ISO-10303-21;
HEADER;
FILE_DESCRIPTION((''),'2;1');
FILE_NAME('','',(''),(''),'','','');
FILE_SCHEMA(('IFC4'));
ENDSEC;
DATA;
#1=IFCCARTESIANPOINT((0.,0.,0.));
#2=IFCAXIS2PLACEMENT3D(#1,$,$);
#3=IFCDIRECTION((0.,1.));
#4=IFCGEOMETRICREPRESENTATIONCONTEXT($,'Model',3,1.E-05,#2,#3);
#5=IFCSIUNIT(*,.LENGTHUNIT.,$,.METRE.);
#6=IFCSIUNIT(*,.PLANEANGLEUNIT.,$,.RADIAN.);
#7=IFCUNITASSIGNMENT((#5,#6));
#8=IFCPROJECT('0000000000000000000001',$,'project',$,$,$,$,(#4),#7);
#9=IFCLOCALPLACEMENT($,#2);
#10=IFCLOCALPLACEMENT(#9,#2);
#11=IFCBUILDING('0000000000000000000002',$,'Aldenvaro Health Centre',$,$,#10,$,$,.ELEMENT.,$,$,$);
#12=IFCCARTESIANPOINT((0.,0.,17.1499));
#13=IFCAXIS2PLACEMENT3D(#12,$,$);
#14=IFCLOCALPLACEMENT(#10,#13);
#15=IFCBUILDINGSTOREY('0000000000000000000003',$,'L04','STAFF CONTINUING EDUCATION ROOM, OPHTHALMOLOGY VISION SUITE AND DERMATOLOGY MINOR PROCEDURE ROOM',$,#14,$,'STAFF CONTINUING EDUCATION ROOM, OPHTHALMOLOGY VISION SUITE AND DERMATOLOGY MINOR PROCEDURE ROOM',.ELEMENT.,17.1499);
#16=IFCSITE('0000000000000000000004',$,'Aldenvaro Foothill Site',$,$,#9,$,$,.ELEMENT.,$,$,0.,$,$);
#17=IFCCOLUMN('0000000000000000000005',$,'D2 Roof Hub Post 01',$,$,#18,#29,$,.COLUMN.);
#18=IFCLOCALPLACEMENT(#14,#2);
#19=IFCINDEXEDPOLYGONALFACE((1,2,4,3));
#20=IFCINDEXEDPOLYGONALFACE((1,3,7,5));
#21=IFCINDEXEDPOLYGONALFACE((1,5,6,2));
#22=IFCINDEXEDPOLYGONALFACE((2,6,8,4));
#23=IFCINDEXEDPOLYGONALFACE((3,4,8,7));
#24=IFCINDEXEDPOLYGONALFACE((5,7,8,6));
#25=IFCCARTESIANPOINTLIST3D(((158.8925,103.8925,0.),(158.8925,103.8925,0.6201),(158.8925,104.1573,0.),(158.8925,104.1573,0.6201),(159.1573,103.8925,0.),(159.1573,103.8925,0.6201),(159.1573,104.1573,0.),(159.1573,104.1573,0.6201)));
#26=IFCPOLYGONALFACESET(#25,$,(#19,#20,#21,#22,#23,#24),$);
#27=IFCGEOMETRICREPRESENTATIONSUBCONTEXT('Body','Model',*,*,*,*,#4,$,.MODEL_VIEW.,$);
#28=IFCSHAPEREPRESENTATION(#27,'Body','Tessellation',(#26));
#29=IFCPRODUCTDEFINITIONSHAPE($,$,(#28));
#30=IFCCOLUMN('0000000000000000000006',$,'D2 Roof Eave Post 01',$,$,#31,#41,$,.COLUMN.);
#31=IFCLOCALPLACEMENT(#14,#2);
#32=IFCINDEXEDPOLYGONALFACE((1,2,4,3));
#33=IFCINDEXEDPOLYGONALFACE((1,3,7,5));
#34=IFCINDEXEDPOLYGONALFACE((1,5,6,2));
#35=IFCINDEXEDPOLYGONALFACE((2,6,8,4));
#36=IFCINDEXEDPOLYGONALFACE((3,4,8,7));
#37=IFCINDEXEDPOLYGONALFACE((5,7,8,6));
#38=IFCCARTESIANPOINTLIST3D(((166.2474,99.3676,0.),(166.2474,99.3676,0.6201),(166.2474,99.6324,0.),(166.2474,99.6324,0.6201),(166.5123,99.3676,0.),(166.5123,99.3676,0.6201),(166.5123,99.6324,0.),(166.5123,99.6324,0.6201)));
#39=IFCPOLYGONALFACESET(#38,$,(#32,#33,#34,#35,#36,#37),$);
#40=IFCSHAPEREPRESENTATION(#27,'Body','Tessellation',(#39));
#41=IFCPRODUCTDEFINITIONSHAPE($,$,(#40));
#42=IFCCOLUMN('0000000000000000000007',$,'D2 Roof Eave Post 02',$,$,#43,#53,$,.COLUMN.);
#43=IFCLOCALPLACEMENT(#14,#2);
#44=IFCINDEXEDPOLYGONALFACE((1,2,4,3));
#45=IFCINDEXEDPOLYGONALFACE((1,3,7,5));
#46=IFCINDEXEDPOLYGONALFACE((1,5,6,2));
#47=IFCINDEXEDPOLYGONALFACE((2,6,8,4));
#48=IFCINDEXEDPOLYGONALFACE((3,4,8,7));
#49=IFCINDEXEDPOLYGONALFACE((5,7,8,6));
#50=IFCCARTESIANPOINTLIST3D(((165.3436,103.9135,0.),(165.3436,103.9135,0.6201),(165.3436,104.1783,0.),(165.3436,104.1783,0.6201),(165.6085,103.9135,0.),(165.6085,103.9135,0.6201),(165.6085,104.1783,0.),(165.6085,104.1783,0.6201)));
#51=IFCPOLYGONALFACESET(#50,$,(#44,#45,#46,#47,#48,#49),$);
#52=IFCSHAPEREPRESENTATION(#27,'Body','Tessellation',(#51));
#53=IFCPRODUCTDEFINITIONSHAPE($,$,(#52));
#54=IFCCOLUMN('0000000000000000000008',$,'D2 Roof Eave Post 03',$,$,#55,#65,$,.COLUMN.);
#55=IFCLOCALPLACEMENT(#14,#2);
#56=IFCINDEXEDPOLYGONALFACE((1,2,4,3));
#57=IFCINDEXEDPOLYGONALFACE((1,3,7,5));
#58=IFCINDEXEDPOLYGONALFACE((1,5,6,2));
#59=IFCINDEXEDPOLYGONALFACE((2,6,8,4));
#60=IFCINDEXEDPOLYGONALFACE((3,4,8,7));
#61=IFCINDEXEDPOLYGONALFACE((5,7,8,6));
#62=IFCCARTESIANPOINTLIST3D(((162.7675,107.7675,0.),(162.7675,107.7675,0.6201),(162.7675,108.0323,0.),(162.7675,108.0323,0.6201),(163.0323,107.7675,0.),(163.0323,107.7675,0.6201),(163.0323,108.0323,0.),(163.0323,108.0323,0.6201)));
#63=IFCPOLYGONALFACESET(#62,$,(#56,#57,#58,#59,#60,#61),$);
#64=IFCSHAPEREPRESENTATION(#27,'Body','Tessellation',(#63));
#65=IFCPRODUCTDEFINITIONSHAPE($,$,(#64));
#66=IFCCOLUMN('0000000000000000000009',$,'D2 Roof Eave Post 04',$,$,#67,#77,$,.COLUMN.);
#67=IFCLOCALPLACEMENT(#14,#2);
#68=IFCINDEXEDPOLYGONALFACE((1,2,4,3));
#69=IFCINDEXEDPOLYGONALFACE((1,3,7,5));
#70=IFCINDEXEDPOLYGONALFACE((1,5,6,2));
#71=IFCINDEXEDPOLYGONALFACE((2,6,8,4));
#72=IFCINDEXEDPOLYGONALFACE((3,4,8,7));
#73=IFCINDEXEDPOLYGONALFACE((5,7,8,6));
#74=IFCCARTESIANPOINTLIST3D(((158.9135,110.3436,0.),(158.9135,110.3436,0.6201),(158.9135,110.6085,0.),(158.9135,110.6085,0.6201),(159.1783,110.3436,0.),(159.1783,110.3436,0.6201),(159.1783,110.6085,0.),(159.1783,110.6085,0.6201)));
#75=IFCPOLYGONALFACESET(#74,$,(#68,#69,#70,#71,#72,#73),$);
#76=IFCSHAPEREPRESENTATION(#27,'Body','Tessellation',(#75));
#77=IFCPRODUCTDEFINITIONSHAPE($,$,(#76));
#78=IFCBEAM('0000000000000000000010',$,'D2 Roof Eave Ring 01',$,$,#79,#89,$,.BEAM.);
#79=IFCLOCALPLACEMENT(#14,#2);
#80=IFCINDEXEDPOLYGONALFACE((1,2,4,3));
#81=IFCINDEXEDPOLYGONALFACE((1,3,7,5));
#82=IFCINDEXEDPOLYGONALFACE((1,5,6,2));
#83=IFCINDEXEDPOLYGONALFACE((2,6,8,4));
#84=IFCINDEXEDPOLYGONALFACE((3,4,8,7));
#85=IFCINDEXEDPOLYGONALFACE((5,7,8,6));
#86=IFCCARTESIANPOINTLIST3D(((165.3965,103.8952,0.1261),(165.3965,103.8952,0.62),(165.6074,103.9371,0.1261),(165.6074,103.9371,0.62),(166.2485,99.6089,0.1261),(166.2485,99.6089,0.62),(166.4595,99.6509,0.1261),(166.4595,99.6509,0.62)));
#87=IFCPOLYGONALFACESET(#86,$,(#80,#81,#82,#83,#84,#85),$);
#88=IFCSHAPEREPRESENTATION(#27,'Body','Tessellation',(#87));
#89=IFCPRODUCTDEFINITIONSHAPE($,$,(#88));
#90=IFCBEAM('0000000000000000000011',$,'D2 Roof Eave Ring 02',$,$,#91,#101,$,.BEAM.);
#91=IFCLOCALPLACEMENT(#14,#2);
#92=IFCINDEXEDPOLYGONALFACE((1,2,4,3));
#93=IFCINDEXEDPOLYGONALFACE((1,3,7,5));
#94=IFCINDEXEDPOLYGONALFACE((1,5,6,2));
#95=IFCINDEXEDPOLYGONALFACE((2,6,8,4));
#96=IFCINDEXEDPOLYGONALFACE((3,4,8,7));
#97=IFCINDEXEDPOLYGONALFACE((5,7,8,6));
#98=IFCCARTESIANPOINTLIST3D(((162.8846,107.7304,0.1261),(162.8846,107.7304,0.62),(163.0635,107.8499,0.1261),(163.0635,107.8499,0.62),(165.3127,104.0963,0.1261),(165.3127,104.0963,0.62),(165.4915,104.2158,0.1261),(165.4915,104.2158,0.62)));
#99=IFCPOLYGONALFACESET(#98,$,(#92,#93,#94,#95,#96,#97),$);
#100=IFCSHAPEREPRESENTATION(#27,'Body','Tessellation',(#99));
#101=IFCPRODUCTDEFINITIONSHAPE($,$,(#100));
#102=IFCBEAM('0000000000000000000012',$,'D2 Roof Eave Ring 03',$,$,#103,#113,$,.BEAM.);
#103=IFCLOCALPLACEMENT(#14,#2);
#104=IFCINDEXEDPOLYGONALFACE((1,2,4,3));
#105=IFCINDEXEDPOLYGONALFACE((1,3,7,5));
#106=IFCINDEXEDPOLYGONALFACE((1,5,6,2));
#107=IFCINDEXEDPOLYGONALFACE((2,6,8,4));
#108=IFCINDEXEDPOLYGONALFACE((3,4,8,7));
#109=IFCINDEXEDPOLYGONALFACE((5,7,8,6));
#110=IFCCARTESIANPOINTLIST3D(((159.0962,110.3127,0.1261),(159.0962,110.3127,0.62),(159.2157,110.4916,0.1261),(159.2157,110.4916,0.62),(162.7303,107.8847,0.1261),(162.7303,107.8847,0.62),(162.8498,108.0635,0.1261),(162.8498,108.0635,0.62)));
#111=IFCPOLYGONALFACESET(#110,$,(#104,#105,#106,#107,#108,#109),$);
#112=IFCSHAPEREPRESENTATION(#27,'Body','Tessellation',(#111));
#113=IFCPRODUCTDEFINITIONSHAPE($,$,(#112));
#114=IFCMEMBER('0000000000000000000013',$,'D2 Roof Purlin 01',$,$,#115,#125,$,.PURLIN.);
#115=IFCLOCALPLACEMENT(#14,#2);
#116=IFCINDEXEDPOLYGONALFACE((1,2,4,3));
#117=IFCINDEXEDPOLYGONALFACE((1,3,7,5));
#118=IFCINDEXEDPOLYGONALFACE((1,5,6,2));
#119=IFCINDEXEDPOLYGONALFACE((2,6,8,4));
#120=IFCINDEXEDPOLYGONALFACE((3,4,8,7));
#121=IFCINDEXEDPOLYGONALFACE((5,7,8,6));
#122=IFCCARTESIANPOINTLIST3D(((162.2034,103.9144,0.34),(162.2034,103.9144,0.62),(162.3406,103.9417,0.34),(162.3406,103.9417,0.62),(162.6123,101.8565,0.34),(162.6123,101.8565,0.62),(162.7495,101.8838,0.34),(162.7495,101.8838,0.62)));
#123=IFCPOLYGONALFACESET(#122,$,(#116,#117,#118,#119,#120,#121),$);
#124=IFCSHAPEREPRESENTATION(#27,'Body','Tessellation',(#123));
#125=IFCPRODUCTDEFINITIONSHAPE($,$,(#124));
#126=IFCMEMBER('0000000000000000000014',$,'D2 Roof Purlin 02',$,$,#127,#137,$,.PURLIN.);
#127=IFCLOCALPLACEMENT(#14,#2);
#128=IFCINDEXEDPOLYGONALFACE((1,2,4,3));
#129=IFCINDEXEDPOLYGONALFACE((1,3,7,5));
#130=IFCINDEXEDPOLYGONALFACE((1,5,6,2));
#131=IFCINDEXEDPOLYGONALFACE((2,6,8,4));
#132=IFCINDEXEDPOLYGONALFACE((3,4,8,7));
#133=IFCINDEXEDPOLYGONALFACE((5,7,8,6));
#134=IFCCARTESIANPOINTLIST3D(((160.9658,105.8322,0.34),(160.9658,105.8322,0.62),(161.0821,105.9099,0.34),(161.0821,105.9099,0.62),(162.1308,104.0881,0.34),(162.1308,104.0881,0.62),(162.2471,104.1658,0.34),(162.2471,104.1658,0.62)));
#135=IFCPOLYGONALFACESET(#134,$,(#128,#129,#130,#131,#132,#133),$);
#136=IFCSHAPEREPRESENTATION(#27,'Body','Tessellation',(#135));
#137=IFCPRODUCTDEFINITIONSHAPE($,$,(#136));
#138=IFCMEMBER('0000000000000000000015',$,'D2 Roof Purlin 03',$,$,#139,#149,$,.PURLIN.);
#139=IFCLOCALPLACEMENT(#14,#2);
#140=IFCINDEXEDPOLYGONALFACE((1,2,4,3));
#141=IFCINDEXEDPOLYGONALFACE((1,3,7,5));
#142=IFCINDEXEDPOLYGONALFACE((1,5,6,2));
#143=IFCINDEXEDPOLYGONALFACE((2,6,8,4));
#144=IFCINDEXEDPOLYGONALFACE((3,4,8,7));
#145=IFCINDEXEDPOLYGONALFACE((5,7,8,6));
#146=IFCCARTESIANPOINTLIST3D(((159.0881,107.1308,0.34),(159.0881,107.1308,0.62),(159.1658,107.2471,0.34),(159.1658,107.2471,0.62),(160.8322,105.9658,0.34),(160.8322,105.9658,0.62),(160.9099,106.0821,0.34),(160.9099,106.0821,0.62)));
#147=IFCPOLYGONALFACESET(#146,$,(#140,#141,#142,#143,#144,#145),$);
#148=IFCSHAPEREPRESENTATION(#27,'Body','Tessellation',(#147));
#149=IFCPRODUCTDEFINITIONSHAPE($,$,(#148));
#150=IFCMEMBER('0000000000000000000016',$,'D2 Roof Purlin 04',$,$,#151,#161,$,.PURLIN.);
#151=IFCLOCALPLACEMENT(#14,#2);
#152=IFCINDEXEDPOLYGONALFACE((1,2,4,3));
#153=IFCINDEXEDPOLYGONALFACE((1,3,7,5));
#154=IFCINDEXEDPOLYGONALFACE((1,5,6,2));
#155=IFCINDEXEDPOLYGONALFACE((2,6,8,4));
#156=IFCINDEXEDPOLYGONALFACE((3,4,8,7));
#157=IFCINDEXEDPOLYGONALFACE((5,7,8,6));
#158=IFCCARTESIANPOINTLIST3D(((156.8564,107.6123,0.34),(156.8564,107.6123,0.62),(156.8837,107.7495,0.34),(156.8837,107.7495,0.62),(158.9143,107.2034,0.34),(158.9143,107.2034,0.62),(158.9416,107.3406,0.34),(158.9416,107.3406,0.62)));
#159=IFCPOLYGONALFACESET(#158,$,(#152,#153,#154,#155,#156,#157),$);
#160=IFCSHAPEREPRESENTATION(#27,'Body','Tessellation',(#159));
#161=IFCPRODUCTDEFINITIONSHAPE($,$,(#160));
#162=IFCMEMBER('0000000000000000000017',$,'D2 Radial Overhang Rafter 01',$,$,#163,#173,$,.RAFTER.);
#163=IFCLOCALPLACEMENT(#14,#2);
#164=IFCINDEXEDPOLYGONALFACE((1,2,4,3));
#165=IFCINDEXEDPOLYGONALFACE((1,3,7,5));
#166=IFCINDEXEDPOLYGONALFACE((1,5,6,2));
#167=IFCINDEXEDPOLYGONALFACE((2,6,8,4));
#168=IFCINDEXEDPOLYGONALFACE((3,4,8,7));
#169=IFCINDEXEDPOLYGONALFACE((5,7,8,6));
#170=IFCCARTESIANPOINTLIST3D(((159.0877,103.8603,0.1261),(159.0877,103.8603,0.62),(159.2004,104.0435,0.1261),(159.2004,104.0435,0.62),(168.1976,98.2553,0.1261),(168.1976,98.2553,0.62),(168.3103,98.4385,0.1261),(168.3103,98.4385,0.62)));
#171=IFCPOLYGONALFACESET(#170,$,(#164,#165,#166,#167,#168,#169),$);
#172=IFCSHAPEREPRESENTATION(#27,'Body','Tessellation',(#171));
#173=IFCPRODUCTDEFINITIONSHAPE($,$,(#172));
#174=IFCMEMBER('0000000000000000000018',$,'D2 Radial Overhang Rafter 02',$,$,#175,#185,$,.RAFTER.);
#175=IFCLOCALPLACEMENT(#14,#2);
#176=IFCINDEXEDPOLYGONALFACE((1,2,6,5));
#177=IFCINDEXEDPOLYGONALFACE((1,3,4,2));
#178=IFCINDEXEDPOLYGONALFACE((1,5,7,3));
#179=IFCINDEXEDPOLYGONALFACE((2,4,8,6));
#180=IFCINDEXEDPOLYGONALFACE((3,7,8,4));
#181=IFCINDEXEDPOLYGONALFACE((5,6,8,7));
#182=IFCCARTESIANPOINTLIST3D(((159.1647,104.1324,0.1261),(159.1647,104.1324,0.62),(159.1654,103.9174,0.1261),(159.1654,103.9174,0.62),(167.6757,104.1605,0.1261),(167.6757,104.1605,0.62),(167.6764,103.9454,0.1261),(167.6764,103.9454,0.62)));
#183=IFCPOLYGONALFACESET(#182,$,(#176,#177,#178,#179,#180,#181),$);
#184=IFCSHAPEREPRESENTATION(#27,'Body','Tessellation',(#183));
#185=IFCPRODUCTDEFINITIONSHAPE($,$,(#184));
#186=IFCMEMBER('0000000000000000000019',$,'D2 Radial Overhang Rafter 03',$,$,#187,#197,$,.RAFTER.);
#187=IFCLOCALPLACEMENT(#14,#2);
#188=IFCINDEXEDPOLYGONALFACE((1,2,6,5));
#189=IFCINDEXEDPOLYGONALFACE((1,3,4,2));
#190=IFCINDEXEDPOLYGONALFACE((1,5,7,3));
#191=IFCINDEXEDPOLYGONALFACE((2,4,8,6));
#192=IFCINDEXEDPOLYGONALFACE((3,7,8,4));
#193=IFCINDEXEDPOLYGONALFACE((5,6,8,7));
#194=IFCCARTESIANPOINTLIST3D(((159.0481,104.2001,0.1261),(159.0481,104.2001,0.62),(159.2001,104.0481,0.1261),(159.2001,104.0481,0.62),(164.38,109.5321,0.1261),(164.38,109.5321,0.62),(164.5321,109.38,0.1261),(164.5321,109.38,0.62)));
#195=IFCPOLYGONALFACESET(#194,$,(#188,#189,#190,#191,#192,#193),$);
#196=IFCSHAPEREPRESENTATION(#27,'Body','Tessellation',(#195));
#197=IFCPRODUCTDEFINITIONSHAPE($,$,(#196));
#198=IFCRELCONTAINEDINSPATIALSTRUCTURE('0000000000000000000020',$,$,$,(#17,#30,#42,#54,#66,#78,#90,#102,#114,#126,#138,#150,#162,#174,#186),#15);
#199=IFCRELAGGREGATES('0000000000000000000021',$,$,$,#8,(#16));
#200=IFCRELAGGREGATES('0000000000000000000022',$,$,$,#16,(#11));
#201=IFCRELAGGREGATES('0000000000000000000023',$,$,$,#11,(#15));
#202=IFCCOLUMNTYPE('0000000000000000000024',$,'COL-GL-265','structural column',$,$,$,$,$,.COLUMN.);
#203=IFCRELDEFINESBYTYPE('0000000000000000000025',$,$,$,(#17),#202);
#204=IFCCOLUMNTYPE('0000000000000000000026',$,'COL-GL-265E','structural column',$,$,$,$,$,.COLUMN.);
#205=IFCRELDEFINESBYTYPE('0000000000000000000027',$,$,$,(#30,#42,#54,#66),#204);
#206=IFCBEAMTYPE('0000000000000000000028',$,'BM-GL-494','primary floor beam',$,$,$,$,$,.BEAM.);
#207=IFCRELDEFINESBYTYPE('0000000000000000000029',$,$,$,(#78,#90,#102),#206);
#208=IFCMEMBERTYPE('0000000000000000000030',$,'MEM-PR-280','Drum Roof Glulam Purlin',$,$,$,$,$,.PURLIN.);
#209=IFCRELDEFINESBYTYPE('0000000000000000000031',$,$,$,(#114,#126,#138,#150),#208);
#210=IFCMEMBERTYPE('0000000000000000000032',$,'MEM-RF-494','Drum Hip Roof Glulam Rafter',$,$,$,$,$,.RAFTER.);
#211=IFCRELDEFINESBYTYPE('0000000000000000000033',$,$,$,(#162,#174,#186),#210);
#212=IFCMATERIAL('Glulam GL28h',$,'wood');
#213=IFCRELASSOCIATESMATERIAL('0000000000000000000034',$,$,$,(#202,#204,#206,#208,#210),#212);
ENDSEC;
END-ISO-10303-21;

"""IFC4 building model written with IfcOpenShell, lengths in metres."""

from ifc_helpers import new_model, si_unit, direction, frame, origin, origin_2d, place, context, subcontext, project, spatial, rectangle, extrude, material, material_profile, profile_set, type_object, element, save


model = new_model("IFC4")

# Units and contexts
model_context = context("Model", 3, precision=1e-05, world=origin(), true_north=direction((0.0, 1.0)))
body_context = subcontext(model_context, "Body", "Model", "MODEL_VIEW")
ifc_project = project(units=[si_unit("LENGTHUNIT", "METRE"), si_unit("PLANEANGLEUNIT", "RADIAN")], contexts=[model_context])

# Site, building, storey
site_placement = place(None, origin())
site = spatial("IfcSite", under=ifc_project, at=site_placement, Name="Aldenvaro Foothill Site", CompositionType="ELEMENT", RefElevation=0.0)
building_placement = place(site_placement, origin())
building = spatial("IfcBuilding", under=site, at=building_placement, Name="Aldenvaro Health Centre", CompositionType="ELEMENT")
storey_placement = place(building_placement, frame((0.0, 0.0, 17.1499)))
storey = spatial("IfcBuildingStorey", under=building, at=storey_placement, Name="L04", Description="STAFF CONTINUING EDUCATION ROOM, OPHTHALMOLOGY VISION SUITE AND DERMATOLOGY MINOR PROCEDURE ROOM", LongName="STAFF CONTINUING EDUCATION ROOM, OPHTHALMOLOGY VISION SUITE AND DERMATOLOGY MINOR PROCEDURE ROOM", CompositionType="ELEMENT", Elevation=17.1499)

# Columns
ifc_material_1 = material(Name="Glulam GL28h", Category="wood")
ifc_material_profile_1 = material_profile(ifc_material_1, rectangle(XDim=0.2649, YDim=0.2649, at=origin_2d()), Name="GL 265x265", Category="wood")
ifc_profile_set_1 = profile_set([ifc_material_profile_1], Name="Glulam GL28h")
column_type_1 = type_object("IfcColumnType", Name="COL-GL-265", Description="structural column", PredefinedType="COLUMN", material=ifc_profile_set_1)
column_placement = place(storey_placement, frame((159.0249, 104.0249, 0.0), z_axis=(0.0, 0.0, 1.0), x_axis=(1.0, 0.0, 0.0)))
element("IfcColumn", 1, at=column_placement, inside=storey, type_object=column_type_1, Name="D2 Roof Hub Post 01", PredefinedType="COLUMN", context=body_context, shape_type="SweptSolid", body=[
    extrude(rectangle(XDim=0.2649, YDim=0.2649, at=origin_2d()), origin(), (0.0, 0.0, 1.0), 0.6201),
])
ifc_material_profile_2 = material_profile(ifc_material_1, rectangle(XDim=0.2649, YDim=0.2649, at=origin_2d()), Name="GL 265x265", Category="wood")
ifc_profile_set_2 = profile_set([ifc_material_profile_2], Name="Glulam GL28h")
column_type_2 = type_object("IfcColumnType", Name="COL-GL-265E", Description="structural column", PredefinedType="COLUMN", material=ifc_profile_set_2)
for number, where, z_axis, x_axis, name in (
    (2, (166.3799, 99.5, 0.0), (0.0, 0.0, 1.0), (1.0, 0.0, 0.0), "D2 Roof Eave Post 01"),
    (3, (165.4761, 104.0459, 0.0), (0.0, 0.0, 1.0), (1.0, 0.0, 0.0), "D2 Roof Eave Post 02"),
    (4, (162.8999, 107.8999, 0.0), (0.0, 0.0, 1.0), (1.0, 0.0, 0.0), "D2 Roof Eave Post 03"),
    (5, (159.0459, 110.4761, 0.0), (0.0, 0.0, 1.0), (1.0, 0.0, 0.0), "D2 Roof Eave Post 04"),
):
    element("IfcColumn", number, at=place(storey_placement, frame(where, z_axis=z_axis, x_axis=x_axis)), inside=storey, type_object=column_type_2, Name=name, PredefinedType="COLUMN", context=body_context, shape_type="SweptSolid", body=[
        extrude(rectangle(XDim=0.2649, YDim=0.2649, at=origin_2d()), origin(), (0.0, 0.0, 1.0), 0.6201),
    ])

# Beams
ifc_material_profile_3 = material_profile(ifc_material_1, rectangle(XDim=0.2151, YDim=0.4939, at=origin_2d()), Name="GL 215x494", Category="wood")
ifc_profile_set_3 = profile_set([ifc_material_profile_3], Name="Glulam GL28h")
beam_type = type_object("IfcBeamType", Name="BM-GL-494", Description="primary floor beam", PredefinedType="BEAM", material=ifc_profile_set_3)
beam_placement = place(storey_placement, frame((166.354, 99.6299, 0.373), z_axis=(-0.194977, 0.980808, 0.0), x_axis=(-0.980808, -0.194977, 0.0)))
element("IfcBeam", 6, at=beam_placement, inside=storey, type_object=beam_type, Name="D2 Roof Eave Ring 01", PredefinedType="BEAM", context=body_context, shape_type="SweptSolid", body=[
    extrude(rectangle(XDim=0.2151, YDim=0.4939, at=origin_2d()), origin(), (0.0, 0.0, 1.0), 4.3701),
])
for number, where, z_axis, x_axis, name in (
    (7, (165.4021, 104.156, 0.373), (-0.555538, 0.831491, 0.0), (-0.831491, -0.555538, 0.0), "D2 Roof Eave Ring 02"),
    (8, (162.79, 107.9741, 0.373), (-0.831491, 0.555538, 0.0), (-0.555538, -0.831491, 0.0), "D2 Roof Eave Ring 03"),
):
    element("IfcBeam", number, at=place(storey_placement, frame(where, z_axis=z_axis, x_axis=x_axis)), inside=storey, type_object=beam_type, Name=name, PredefinedType="BEAM", context=body_context, shape_type="SweptSolid", body=[
        extrude(rectangle(XDim=0.2151, YDim=0.4939, at=origin_2d()), origin(), (0.0, 0.0, 1.0), 4.3706),
    ])

# Members
ifc_material_profile_4 = material_profile(ifc_material_1, rectangle(XDim=0.1399, YDim=0.28, at=origin_2d()), Name="GL 140x280", Category="wood")
ifc_profile_set_4 = profile_set([ifc_material_profile_4], Name="Glulam GL28h")
member_type_1 = type_object("IfcMemberType", Name="MEM-PR-280", Description="Drum Roof Glulam Purlin", PredefinedType="PURLIN", material=ifc_profile_set_4)
member_1_placement = place(storey_placement, frame((162.6809, 101.8701, 0.48), z_axis=(-0.194908, 0.980822, 0.0), x_axis=(-0.980822, -0.194908, 0.0)))
element("IfcMember", 9, at=member_1_placement, inside=storey, type_object=member_type_1, Name="D2 Roof Purlin 01", PredefinedType="PURLIN", context=body_context, shape_type="SweptSolid", body=[
    extrude(rectangle(XDim=0.1399, YDim=0.28, at=origin_2d()), origin(), (0.0, 0.0, 1.0), 2.0981),
])
for number, where, z_axis, x_axis, name in (
    (10, (162.189, 104.127, 0.48), (-0.555452, 0.831549, 0.0), (-0.831549, -0.555452, 0.0), "D2 Roof Purlin 02"),
    (11, (160.8711, 106.0239, 0.48), (-0.831549, 0.555452, 0.0), (-0.555452, -0.831549, 0.0), "D2 Roof Purlin 03"),
):
    element("IfcMember", number, at=place(storey_placement, frame(where, z_axis=z_axis, x_axis=x_axis)), inside=storey, type_object=member_type_1, Name=name, PredefinedType="PURLIN", context=body_context, shape_type="SweptSolid", body=[
        extrude(rectangle(XDim=0.1399, YDim=0.28, at=origin_2d()), origin(), (0.0, 0.0, 1.0), 2.0974),
    ])
member_2_placement = place(storey_placement, frame((158.928, 107.272, 0.48), z_axis=(-0.980822, 0.194908, 0.0), x_axis=(-0.194908, -0.980822, 0.0)))
element("IfcMember", 12, at=member_2_placement, inside=storey, type_object=member_type_1, Name="D2 Roof Purlin 04", PredefinedType="PURLIN", context=body_context, shape_type="SweptSolid", body=[
    extrude(rectangle(XDim=0.1399, YDim=0.28, at=origin_2d()), origin(), (0.0, 0.0, 1.0), 2.0981),
])
ifc_material_profile_5 = material_profile(ifc_material_1, rectangle(XDim=0.2151, YDim=0.4939, at=origin_2d()), Name="GL 215x494", Category="wood")
ifc_profile_set_5 = profile_set([ifc_material_profile_5], Name="Glulam GL28h")
member_type_2 = type_object("IfcMemberType", Name="MEM-RF-494", Description="Drum Hip Roof Glulam Rafter", PredefinedType="RAFTER", material=ifc_profile_set_5)
member_3_placement = place(storey_placement, frame((168.2539, 98.3469, 0.373), z_axis=(-0.851704, 0.524024, 0.0), x_axis=(-0.524024, -0.851704, 0.0)))
element("IfcMember", 13, at=member_3_placement, inside=storey, type_object=member_type_2, Name="D2 Radial Overhang Rafter 01", PredefinedType="RAFTER", context=body_context, shape_type="SweptSolid", body=[
    extrude(rectangle(XDim=0.2151, YDim=0.4939, at=origin_2d()), origin(), (0.0, 0.0, 1.0), 10.696),
])
member_4_placement = place(storey_placement, frame((167.676, 104.053, 0.373), z_axis=(-0.999995, -0.003299, 0.0), x_axis=(0.003299, -0.999995, 0.0)))
element("IfcMember", 14, at=member_4_placement, inside=storey, type_object=member_type_2, Name="D2 Radial Overhang Rafter 02", PredefinedType="RAFTER", context=body_context, shape_type="SweptSolid", body=[
    extrude(rectangle(XDim=0.2151, YDim=0.4939, at=origin_2d()), origin(), (0.0, 0.0, 1.0), 8.511),
])
member_5_placement = place(storey_placement, frame((164.4561, 109.4561, 0.373), z_axis=(-0.707107, -0.707107, 0.0), x_axis=(0.707107, -0.707107, 0.0)))
element("IfcMember", 15, at=member_5_placement, inside=storey, type_object=member_type_2, Name="D2 Radial Overhang Rafter 03", PredefinedType="RAFTER", context=body_context, shape_type="SweptSolid", body=[
    extrude(rectangle(XDim=0.2151, YDim=0.4939, at=origin_2d()), origin(), (0.0, 0.0, 1.0), 7.5405),
])

save(model, "model.ifc")
